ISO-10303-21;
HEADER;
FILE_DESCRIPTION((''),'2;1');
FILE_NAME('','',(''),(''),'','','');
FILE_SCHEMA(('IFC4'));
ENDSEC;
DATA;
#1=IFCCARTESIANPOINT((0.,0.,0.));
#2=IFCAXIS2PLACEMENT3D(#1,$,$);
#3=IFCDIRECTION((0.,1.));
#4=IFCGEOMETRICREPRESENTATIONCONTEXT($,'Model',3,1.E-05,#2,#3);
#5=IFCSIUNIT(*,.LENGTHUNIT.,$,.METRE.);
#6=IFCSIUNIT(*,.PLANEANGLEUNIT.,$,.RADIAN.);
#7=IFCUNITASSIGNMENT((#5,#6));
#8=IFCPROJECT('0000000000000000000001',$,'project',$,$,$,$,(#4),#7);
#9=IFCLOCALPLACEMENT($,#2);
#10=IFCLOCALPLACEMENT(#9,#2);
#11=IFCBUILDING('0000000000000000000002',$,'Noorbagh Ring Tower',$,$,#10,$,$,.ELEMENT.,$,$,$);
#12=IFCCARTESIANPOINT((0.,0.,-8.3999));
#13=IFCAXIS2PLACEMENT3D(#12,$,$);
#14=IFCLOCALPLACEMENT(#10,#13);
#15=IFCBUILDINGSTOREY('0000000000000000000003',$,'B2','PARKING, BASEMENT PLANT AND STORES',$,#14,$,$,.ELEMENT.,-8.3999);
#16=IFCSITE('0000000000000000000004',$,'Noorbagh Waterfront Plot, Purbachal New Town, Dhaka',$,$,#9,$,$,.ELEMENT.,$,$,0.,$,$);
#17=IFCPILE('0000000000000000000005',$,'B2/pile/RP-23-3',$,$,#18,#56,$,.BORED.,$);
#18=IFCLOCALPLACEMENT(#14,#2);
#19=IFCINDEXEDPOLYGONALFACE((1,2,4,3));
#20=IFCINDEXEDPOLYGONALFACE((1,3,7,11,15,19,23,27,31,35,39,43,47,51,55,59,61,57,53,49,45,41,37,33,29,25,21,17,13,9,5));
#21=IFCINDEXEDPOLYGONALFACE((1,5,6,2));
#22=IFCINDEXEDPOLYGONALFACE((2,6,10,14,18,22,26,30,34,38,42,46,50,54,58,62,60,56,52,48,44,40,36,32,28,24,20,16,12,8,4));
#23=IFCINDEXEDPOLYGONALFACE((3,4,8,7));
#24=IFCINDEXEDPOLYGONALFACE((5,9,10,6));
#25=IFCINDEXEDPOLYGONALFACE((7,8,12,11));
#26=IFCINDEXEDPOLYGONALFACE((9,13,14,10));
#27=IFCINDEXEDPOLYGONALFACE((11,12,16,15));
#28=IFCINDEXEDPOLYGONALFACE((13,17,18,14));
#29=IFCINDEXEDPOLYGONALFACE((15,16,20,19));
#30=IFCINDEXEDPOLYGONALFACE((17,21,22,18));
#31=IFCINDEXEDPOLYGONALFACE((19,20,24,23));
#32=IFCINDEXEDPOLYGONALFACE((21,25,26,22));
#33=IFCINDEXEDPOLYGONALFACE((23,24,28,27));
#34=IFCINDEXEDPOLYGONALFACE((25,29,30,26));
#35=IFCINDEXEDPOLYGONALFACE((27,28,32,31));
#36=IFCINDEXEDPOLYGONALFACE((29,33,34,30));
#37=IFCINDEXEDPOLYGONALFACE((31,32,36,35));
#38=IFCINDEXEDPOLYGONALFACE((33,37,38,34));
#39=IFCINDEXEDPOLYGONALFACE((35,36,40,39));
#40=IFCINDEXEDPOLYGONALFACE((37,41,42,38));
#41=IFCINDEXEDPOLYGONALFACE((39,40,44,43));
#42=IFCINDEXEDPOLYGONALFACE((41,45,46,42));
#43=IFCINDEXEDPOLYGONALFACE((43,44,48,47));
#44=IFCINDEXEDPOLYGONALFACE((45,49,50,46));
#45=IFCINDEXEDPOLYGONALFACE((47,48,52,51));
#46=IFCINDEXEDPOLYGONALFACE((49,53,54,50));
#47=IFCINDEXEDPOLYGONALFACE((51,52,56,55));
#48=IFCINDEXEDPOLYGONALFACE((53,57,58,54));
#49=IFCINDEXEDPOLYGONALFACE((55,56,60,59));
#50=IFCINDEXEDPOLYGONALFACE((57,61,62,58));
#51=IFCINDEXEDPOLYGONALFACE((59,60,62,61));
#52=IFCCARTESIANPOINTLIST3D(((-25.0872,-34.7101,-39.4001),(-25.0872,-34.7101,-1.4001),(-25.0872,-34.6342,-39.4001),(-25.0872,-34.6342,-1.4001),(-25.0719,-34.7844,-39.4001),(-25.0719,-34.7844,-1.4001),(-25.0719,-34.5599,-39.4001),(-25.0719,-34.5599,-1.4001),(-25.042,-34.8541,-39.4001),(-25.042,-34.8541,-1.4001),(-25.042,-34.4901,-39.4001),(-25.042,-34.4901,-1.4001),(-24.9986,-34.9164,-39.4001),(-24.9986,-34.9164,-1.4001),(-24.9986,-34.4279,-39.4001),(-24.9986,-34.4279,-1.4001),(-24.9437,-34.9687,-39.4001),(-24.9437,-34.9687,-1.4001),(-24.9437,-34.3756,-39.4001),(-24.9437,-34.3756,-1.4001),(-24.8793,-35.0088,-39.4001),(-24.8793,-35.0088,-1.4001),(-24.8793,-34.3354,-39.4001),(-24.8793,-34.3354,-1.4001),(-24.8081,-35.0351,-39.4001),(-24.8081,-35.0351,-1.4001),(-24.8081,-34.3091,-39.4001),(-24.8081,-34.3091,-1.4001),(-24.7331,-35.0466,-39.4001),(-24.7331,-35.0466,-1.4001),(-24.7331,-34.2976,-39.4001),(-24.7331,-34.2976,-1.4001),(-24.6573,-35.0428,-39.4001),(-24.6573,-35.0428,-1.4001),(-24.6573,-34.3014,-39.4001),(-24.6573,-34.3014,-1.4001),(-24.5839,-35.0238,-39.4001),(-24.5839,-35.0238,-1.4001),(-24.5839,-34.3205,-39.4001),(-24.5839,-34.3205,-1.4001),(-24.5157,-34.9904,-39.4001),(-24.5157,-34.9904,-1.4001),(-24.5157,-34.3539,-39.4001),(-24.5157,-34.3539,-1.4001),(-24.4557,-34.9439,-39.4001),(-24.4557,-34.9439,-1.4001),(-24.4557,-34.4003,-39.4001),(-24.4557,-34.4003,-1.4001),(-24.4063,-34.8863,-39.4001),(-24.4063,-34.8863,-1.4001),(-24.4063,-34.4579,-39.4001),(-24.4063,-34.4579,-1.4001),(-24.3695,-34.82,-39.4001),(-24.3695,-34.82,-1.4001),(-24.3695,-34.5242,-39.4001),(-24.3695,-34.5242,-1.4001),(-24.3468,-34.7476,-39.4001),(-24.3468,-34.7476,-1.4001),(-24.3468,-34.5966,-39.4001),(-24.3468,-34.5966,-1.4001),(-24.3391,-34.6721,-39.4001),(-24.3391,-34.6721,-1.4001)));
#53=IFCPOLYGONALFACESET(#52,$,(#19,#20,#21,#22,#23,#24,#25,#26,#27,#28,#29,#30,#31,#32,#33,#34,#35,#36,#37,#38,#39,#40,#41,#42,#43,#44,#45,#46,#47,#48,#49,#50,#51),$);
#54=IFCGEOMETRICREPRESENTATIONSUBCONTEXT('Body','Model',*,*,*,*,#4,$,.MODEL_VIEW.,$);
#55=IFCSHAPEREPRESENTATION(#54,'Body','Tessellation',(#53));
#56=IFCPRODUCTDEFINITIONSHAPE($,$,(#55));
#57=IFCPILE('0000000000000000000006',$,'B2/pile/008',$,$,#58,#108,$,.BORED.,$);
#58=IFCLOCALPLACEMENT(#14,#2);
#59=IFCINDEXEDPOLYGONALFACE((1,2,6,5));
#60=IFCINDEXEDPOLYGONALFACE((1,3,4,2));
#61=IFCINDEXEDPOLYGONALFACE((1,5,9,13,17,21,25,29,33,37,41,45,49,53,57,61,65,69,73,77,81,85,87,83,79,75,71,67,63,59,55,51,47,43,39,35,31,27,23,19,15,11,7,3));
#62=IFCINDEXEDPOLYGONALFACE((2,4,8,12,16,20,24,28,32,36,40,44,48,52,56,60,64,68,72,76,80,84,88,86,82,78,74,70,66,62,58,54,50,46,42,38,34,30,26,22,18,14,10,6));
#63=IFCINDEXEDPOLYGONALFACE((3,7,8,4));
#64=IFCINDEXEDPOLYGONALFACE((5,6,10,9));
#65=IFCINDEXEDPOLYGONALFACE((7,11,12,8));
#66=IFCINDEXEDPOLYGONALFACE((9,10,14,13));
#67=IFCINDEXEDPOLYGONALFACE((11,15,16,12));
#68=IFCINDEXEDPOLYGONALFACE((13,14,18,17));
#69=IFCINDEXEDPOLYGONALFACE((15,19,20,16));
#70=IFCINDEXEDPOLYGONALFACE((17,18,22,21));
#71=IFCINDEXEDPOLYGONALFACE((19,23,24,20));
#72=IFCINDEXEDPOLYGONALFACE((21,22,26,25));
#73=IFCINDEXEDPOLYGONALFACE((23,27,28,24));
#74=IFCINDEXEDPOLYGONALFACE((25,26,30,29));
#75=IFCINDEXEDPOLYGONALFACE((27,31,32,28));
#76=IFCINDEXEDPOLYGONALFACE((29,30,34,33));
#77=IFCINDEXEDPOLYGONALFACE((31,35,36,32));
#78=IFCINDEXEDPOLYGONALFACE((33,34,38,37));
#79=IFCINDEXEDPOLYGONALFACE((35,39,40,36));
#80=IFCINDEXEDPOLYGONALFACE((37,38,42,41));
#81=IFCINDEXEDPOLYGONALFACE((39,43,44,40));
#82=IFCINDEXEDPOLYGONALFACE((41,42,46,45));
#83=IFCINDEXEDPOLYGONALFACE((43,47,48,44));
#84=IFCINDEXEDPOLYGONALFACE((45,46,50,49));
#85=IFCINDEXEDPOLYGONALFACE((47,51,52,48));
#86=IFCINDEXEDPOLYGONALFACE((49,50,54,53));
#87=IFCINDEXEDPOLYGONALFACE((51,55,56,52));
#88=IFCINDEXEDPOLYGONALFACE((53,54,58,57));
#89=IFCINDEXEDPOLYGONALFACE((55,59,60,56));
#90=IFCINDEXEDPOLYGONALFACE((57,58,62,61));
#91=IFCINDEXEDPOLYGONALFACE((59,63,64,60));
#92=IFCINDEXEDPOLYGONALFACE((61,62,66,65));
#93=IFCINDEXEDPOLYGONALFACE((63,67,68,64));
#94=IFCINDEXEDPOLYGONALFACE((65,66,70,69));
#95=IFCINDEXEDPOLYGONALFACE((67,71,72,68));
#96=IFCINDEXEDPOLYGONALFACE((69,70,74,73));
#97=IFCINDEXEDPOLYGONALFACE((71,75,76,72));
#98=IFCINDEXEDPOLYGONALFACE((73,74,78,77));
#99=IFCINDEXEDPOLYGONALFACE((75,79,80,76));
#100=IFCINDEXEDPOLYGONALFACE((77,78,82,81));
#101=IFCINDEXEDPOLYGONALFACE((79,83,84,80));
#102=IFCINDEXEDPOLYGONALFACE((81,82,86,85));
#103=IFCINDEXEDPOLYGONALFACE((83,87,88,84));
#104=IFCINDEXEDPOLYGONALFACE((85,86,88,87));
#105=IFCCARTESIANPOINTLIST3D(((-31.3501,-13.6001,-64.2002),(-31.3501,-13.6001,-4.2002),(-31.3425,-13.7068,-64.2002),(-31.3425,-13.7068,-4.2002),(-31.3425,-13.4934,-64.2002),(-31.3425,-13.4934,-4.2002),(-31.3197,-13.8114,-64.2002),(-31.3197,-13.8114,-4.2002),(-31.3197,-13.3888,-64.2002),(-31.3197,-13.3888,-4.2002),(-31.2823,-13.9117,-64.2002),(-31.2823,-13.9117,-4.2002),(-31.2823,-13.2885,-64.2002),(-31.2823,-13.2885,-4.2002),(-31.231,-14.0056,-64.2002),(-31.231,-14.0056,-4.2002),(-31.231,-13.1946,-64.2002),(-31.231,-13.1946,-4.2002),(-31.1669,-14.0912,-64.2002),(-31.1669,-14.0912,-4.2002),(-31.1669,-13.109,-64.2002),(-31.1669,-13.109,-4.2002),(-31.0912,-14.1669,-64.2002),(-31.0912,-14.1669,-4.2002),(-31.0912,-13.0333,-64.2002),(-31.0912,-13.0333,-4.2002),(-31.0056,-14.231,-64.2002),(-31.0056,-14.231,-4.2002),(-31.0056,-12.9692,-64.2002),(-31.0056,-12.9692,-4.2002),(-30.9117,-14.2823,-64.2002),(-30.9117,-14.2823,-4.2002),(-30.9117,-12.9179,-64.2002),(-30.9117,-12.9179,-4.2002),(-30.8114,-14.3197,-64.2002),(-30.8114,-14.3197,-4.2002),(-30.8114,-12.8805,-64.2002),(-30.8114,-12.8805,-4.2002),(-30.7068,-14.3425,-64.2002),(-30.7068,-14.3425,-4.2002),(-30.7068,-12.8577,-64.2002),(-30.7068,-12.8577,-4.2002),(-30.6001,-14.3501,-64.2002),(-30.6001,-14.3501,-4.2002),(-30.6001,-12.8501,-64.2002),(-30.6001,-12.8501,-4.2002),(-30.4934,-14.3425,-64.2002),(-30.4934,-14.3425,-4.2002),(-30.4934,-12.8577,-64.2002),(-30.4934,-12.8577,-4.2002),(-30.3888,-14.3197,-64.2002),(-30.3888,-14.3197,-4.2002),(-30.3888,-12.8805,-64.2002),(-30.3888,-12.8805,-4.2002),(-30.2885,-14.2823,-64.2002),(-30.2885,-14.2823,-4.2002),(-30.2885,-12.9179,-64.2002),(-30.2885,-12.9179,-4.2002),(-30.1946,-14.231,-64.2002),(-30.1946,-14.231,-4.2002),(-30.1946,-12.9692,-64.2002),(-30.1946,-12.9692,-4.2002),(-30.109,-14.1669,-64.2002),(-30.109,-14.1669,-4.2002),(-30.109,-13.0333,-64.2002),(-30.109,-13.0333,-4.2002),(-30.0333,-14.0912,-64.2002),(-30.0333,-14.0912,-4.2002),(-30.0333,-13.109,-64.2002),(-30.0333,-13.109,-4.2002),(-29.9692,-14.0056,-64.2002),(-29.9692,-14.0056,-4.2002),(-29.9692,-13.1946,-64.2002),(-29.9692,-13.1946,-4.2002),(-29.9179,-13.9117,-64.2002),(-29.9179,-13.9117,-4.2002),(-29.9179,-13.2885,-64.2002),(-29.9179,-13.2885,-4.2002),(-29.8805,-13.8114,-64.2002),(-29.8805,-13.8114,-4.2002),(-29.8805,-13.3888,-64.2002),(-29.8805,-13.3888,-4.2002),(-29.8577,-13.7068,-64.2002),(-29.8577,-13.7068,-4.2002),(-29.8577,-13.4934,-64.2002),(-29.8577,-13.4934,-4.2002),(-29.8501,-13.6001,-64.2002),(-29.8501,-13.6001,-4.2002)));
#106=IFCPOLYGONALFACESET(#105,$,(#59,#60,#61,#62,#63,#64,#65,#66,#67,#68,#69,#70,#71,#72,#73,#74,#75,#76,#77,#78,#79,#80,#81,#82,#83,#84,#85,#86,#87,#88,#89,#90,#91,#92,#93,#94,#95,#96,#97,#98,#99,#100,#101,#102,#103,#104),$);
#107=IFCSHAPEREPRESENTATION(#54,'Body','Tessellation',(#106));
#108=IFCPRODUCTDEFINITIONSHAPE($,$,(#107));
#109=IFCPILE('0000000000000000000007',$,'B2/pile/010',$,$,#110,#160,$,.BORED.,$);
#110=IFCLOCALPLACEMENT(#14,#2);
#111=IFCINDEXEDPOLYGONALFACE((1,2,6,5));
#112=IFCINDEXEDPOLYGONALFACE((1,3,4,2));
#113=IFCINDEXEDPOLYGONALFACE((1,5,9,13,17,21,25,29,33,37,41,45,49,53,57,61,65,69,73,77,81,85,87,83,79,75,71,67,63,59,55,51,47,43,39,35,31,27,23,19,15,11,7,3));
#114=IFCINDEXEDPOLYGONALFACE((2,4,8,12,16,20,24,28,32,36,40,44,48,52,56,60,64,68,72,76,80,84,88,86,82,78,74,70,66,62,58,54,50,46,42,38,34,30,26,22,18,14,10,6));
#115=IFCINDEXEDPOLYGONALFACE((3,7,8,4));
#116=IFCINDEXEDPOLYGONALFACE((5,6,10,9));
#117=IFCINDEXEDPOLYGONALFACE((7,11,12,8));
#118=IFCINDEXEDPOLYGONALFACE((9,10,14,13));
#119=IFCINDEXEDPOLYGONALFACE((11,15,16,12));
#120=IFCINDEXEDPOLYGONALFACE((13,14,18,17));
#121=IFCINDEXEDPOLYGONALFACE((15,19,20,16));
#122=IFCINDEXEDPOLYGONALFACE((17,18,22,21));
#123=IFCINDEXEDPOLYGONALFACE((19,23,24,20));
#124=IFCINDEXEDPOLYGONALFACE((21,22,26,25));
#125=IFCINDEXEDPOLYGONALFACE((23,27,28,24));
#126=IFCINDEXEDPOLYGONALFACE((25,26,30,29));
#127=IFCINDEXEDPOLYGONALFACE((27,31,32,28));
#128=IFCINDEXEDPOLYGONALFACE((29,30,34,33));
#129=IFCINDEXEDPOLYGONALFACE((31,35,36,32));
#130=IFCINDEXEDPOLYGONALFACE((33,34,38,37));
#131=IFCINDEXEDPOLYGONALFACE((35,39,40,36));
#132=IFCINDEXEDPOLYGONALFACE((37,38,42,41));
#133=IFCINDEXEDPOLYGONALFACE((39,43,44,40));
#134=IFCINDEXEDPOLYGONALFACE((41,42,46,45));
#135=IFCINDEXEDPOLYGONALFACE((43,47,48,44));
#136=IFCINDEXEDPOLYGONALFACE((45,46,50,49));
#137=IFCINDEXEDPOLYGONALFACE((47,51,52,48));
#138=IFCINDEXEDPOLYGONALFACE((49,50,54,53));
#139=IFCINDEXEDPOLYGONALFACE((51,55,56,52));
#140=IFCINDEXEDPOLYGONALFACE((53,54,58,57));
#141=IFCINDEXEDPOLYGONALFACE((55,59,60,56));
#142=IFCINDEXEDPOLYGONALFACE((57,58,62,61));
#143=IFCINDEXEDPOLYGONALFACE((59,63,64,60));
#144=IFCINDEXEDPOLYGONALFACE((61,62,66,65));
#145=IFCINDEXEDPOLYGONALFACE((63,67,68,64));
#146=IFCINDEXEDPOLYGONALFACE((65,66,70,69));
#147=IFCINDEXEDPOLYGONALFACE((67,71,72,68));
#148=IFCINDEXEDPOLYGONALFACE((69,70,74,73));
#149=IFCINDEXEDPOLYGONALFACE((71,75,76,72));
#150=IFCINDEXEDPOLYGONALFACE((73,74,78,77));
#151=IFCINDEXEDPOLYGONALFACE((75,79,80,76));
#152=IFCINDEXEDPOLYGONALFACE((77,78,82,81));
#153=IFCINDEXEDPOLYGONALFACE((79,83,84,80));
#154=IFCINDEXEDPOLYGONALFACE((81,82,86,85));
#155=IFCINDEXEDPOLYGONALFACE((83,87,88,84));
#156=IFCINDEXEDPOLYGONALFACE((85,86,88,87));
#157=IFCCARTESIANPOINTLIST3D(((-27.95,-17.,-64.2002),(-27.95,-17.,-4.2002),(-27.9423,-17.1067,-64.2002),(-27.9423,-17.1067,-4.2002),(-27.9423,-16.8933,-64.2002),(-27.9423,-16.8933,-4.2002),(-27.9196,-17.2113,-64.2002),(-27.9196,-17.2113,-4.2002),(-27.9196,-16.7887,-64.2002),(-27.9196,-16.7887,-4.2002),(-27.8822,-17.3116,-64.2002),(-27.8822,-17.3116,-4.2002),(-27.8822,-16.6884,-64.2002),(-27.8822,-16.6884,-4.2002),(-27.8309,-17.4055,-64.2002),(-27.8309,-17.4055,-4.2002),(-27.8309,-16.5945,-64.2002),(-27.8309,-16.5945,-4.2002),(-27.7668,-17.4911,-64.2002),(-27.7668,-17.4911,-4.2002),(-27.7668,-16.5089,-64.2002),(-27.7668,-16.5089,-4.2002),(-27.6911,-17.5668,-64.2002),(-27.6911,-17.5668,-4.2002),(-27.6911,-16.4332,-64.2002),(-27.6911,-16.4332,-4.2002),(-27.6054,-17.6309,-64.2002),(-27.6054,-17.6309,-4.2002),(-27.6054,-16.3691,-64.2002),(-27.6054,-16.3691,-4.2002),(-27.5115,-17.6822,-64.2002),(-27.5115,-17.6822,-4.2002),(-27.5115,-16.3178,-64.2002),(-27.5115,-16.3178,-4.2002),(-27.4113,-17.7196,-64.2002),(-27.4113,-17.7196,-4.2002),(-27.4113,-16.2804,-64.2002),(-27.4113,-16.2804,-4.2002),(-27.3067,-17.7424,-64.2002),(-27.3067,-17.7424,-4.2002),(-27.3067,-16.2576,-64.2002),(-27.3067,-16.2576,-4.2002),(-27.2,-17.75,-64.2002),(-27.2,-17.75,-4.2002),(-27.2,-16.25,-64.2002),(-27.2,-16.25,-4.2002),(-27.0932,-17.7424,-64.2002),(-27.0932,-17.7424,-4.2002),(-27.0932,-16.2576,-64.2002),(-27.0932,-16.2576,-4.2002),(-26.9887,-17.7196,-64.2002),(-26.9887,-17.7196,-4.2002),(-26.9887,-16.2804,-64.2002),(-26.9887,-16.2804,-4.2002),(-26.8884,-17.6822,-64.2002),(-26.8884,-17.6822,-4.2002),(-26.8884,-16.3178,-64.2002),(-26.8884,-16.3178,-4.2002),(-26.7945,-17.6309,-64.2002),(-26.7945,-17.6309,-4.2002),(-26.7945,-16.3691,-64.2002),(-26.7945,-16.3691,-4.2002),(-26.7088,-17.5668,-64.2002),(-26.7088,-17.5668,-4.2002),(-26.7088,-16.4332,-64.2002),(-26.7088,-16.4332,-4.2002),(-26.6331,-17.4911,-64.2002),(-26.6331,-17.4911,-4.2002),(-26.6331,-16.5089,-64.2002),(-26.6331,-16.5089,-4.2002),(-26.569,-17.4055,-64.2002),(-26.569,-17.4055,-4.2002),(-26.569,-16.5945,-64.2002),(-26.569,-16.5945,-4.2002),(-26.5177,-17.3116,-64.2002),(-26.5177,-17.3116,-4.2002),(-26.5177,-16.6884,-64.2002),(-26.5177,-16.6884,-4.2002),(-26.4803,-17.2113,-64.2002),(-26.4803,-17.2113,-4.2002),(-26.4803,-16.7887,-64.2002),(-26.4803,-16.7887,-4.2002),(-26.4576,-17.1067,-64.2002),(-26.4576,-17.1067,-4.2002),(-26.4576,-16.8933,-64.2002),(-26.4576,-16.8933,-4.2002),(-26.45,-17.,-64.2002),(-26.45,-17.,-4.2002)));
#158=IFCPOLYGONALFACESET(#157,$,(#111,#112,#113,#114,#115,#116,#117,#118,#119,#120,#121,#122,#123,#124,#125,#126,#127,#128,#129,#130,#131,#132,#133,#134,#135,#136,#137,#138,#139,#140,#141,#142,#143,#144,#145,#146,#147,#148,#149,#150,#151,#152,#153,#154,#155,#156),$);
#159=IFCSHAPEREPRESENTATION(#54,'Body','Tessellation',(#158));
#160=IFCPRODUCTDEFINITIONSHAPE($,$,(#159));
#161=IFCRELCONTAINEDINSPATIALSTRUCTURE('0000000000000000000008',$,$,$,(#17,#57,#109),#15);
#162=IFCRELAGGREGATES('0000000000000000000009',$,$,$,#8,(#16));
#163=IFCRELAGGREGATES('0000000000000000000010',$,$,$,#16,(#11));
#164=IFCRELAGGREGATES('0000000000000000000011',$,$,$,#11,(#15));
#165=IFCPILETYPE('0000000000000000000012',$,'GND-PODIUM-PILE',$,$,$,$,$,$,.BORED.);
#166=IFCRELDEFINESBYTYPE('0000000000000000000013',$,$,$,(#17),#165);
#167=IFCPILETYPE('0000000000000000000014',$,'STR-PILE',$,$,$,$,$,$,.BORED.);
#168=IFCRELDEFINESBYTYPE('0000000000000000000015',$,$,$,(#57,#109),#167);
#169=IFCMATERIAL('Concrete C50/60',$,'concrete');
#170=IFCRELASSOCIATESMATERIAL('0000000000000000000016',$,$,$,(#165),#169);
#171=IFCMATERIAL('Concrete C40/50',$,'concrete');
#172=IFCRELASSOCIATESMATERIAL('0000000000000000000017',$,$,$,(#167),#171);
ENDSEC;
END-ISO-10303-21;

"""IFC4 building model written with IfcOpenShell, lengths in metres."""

from ifc_helpers import new_model, si_unit, direction, frame, origin, origin_2d, place, context, subcontext, project, spatial, circle, extrude, material, material_profile, profile_set, type_object, element, save


model = new_model("IFC4")

# Units and contexts
model_context = context("Model", 3, precision=1e-05, world=origin(), true_north=direction((0.0, 1.0)))
body_context = subcontext(model_context, "Body", "Model", "MODEL_VIEW")
ifc_project = project(units=[si_unit("LENGTHUNIT", "METRE"), si_unit("PLANEANGLEUNIT", "RADIAN")], contexts=[model_context])

# Site, building, storey
site_placement = place(None, origin())
site = spatial("IfcSite", under=ifc_project, at=site_placement, Name="Noorbagh Waterfront Plot, Purbachal New Town, Dhaka", CompositionType="ELEMENT", RefElevation=0.0)
building_placement = place(site_placement, origin())
building = spatial("IfcBuilding", under=site, at=building_placement, Name="Noorbagh Ring Tower", CompositionType="ELEMENT")
storey_placement = place(building_placement, frame((0.0, 0.0, -8.3999)))
storey = spatial("IfcBuildingStorey", under=building, at=storey_placement, Name="B2", Description="PARKING, BASEMENT PLANT AND STORES", CompositionType="ELEMENT", Elevation=-8.3999)

# Piles
ifc_material_1 = material(Name="Concrete C50/60", Category="concrete")
ifc_material_profile_1 = material_profile(ifc_material_1, circle(Radius=0.375, at=origin_2d()), Name="PILE750")
ifc_profile_set_1 = profile_set([ifc_material_profile_1], Name="Concrete C50/60")
pile_type_1 = type_object("IfcPileType", Name="GND-PODIUM-PILE", PredefinedType="BORED", material=ifc_profile_set_1)
for number, where, z_axis, x_axis, name in (
    (1, (-24.7141, -34.6721, -1.4001), (0.0, 0.0, -1.0), (1.0, 0.0, 0.0), "B2/pile/RP-23-3"),
):
    element("IfcPile", number, at=place(storey_placement, frame(where, z_axis=z_axis, x_axis=x_axis)), inside=storey, type_object=pile_type_1, Name=name, PredefinedType="BORED", context=body_context, shape_type="SweptSolid", body=[
        extrude(circle(Radius=0.375, at=origin_2d()), origin(), (0.0, 0.0, 1.0), 38.0),
    ])
ifc_material_2 = material(Name="Concrete C40/50", Category="concrete")
ifc_material_profile_2 = material_profile(ifc_material_2, circle(Radius=0.75, at=origin_2d()), Name="PILE1500")
ifc_profile_set_2 = profile_set([ifc_material_profile_2], Name="Concrete C40/50")
pile_type_2 = type_object("IfcPileType", Name="STR-PILE", PredefinedType="BORED", material=ifc_profile_set_2)
for number, where, z_axis, x_axis, name in (
    (2, (-30.6001, -13.6001, -4.2002), (0.0, 0.0, -1.0), (1.0, 0.0, 0.0), "B2/pile/008"),
    (3, (-27.2, -17.0, -4.2002), (0.0, 0.0, -1.0), (1.0, 0.0, 0.0), "B2/pile/010"),
):
    element("IfcPile", number, at=place(storey_placement, frame(where, z_axis=z_axis, x_axis=x_axis)), inside=storey, type_object=pile_type_2, Name=name, PredefinedType="BORED", context=body_context, shape_type="SweptSolid", body=[
        extrude(circle(Radius=0.75, at=origin_2d()), origin(), (0.0, 0.0, 1.0), 60.0),
    ])

save(model, "model.ifc")
